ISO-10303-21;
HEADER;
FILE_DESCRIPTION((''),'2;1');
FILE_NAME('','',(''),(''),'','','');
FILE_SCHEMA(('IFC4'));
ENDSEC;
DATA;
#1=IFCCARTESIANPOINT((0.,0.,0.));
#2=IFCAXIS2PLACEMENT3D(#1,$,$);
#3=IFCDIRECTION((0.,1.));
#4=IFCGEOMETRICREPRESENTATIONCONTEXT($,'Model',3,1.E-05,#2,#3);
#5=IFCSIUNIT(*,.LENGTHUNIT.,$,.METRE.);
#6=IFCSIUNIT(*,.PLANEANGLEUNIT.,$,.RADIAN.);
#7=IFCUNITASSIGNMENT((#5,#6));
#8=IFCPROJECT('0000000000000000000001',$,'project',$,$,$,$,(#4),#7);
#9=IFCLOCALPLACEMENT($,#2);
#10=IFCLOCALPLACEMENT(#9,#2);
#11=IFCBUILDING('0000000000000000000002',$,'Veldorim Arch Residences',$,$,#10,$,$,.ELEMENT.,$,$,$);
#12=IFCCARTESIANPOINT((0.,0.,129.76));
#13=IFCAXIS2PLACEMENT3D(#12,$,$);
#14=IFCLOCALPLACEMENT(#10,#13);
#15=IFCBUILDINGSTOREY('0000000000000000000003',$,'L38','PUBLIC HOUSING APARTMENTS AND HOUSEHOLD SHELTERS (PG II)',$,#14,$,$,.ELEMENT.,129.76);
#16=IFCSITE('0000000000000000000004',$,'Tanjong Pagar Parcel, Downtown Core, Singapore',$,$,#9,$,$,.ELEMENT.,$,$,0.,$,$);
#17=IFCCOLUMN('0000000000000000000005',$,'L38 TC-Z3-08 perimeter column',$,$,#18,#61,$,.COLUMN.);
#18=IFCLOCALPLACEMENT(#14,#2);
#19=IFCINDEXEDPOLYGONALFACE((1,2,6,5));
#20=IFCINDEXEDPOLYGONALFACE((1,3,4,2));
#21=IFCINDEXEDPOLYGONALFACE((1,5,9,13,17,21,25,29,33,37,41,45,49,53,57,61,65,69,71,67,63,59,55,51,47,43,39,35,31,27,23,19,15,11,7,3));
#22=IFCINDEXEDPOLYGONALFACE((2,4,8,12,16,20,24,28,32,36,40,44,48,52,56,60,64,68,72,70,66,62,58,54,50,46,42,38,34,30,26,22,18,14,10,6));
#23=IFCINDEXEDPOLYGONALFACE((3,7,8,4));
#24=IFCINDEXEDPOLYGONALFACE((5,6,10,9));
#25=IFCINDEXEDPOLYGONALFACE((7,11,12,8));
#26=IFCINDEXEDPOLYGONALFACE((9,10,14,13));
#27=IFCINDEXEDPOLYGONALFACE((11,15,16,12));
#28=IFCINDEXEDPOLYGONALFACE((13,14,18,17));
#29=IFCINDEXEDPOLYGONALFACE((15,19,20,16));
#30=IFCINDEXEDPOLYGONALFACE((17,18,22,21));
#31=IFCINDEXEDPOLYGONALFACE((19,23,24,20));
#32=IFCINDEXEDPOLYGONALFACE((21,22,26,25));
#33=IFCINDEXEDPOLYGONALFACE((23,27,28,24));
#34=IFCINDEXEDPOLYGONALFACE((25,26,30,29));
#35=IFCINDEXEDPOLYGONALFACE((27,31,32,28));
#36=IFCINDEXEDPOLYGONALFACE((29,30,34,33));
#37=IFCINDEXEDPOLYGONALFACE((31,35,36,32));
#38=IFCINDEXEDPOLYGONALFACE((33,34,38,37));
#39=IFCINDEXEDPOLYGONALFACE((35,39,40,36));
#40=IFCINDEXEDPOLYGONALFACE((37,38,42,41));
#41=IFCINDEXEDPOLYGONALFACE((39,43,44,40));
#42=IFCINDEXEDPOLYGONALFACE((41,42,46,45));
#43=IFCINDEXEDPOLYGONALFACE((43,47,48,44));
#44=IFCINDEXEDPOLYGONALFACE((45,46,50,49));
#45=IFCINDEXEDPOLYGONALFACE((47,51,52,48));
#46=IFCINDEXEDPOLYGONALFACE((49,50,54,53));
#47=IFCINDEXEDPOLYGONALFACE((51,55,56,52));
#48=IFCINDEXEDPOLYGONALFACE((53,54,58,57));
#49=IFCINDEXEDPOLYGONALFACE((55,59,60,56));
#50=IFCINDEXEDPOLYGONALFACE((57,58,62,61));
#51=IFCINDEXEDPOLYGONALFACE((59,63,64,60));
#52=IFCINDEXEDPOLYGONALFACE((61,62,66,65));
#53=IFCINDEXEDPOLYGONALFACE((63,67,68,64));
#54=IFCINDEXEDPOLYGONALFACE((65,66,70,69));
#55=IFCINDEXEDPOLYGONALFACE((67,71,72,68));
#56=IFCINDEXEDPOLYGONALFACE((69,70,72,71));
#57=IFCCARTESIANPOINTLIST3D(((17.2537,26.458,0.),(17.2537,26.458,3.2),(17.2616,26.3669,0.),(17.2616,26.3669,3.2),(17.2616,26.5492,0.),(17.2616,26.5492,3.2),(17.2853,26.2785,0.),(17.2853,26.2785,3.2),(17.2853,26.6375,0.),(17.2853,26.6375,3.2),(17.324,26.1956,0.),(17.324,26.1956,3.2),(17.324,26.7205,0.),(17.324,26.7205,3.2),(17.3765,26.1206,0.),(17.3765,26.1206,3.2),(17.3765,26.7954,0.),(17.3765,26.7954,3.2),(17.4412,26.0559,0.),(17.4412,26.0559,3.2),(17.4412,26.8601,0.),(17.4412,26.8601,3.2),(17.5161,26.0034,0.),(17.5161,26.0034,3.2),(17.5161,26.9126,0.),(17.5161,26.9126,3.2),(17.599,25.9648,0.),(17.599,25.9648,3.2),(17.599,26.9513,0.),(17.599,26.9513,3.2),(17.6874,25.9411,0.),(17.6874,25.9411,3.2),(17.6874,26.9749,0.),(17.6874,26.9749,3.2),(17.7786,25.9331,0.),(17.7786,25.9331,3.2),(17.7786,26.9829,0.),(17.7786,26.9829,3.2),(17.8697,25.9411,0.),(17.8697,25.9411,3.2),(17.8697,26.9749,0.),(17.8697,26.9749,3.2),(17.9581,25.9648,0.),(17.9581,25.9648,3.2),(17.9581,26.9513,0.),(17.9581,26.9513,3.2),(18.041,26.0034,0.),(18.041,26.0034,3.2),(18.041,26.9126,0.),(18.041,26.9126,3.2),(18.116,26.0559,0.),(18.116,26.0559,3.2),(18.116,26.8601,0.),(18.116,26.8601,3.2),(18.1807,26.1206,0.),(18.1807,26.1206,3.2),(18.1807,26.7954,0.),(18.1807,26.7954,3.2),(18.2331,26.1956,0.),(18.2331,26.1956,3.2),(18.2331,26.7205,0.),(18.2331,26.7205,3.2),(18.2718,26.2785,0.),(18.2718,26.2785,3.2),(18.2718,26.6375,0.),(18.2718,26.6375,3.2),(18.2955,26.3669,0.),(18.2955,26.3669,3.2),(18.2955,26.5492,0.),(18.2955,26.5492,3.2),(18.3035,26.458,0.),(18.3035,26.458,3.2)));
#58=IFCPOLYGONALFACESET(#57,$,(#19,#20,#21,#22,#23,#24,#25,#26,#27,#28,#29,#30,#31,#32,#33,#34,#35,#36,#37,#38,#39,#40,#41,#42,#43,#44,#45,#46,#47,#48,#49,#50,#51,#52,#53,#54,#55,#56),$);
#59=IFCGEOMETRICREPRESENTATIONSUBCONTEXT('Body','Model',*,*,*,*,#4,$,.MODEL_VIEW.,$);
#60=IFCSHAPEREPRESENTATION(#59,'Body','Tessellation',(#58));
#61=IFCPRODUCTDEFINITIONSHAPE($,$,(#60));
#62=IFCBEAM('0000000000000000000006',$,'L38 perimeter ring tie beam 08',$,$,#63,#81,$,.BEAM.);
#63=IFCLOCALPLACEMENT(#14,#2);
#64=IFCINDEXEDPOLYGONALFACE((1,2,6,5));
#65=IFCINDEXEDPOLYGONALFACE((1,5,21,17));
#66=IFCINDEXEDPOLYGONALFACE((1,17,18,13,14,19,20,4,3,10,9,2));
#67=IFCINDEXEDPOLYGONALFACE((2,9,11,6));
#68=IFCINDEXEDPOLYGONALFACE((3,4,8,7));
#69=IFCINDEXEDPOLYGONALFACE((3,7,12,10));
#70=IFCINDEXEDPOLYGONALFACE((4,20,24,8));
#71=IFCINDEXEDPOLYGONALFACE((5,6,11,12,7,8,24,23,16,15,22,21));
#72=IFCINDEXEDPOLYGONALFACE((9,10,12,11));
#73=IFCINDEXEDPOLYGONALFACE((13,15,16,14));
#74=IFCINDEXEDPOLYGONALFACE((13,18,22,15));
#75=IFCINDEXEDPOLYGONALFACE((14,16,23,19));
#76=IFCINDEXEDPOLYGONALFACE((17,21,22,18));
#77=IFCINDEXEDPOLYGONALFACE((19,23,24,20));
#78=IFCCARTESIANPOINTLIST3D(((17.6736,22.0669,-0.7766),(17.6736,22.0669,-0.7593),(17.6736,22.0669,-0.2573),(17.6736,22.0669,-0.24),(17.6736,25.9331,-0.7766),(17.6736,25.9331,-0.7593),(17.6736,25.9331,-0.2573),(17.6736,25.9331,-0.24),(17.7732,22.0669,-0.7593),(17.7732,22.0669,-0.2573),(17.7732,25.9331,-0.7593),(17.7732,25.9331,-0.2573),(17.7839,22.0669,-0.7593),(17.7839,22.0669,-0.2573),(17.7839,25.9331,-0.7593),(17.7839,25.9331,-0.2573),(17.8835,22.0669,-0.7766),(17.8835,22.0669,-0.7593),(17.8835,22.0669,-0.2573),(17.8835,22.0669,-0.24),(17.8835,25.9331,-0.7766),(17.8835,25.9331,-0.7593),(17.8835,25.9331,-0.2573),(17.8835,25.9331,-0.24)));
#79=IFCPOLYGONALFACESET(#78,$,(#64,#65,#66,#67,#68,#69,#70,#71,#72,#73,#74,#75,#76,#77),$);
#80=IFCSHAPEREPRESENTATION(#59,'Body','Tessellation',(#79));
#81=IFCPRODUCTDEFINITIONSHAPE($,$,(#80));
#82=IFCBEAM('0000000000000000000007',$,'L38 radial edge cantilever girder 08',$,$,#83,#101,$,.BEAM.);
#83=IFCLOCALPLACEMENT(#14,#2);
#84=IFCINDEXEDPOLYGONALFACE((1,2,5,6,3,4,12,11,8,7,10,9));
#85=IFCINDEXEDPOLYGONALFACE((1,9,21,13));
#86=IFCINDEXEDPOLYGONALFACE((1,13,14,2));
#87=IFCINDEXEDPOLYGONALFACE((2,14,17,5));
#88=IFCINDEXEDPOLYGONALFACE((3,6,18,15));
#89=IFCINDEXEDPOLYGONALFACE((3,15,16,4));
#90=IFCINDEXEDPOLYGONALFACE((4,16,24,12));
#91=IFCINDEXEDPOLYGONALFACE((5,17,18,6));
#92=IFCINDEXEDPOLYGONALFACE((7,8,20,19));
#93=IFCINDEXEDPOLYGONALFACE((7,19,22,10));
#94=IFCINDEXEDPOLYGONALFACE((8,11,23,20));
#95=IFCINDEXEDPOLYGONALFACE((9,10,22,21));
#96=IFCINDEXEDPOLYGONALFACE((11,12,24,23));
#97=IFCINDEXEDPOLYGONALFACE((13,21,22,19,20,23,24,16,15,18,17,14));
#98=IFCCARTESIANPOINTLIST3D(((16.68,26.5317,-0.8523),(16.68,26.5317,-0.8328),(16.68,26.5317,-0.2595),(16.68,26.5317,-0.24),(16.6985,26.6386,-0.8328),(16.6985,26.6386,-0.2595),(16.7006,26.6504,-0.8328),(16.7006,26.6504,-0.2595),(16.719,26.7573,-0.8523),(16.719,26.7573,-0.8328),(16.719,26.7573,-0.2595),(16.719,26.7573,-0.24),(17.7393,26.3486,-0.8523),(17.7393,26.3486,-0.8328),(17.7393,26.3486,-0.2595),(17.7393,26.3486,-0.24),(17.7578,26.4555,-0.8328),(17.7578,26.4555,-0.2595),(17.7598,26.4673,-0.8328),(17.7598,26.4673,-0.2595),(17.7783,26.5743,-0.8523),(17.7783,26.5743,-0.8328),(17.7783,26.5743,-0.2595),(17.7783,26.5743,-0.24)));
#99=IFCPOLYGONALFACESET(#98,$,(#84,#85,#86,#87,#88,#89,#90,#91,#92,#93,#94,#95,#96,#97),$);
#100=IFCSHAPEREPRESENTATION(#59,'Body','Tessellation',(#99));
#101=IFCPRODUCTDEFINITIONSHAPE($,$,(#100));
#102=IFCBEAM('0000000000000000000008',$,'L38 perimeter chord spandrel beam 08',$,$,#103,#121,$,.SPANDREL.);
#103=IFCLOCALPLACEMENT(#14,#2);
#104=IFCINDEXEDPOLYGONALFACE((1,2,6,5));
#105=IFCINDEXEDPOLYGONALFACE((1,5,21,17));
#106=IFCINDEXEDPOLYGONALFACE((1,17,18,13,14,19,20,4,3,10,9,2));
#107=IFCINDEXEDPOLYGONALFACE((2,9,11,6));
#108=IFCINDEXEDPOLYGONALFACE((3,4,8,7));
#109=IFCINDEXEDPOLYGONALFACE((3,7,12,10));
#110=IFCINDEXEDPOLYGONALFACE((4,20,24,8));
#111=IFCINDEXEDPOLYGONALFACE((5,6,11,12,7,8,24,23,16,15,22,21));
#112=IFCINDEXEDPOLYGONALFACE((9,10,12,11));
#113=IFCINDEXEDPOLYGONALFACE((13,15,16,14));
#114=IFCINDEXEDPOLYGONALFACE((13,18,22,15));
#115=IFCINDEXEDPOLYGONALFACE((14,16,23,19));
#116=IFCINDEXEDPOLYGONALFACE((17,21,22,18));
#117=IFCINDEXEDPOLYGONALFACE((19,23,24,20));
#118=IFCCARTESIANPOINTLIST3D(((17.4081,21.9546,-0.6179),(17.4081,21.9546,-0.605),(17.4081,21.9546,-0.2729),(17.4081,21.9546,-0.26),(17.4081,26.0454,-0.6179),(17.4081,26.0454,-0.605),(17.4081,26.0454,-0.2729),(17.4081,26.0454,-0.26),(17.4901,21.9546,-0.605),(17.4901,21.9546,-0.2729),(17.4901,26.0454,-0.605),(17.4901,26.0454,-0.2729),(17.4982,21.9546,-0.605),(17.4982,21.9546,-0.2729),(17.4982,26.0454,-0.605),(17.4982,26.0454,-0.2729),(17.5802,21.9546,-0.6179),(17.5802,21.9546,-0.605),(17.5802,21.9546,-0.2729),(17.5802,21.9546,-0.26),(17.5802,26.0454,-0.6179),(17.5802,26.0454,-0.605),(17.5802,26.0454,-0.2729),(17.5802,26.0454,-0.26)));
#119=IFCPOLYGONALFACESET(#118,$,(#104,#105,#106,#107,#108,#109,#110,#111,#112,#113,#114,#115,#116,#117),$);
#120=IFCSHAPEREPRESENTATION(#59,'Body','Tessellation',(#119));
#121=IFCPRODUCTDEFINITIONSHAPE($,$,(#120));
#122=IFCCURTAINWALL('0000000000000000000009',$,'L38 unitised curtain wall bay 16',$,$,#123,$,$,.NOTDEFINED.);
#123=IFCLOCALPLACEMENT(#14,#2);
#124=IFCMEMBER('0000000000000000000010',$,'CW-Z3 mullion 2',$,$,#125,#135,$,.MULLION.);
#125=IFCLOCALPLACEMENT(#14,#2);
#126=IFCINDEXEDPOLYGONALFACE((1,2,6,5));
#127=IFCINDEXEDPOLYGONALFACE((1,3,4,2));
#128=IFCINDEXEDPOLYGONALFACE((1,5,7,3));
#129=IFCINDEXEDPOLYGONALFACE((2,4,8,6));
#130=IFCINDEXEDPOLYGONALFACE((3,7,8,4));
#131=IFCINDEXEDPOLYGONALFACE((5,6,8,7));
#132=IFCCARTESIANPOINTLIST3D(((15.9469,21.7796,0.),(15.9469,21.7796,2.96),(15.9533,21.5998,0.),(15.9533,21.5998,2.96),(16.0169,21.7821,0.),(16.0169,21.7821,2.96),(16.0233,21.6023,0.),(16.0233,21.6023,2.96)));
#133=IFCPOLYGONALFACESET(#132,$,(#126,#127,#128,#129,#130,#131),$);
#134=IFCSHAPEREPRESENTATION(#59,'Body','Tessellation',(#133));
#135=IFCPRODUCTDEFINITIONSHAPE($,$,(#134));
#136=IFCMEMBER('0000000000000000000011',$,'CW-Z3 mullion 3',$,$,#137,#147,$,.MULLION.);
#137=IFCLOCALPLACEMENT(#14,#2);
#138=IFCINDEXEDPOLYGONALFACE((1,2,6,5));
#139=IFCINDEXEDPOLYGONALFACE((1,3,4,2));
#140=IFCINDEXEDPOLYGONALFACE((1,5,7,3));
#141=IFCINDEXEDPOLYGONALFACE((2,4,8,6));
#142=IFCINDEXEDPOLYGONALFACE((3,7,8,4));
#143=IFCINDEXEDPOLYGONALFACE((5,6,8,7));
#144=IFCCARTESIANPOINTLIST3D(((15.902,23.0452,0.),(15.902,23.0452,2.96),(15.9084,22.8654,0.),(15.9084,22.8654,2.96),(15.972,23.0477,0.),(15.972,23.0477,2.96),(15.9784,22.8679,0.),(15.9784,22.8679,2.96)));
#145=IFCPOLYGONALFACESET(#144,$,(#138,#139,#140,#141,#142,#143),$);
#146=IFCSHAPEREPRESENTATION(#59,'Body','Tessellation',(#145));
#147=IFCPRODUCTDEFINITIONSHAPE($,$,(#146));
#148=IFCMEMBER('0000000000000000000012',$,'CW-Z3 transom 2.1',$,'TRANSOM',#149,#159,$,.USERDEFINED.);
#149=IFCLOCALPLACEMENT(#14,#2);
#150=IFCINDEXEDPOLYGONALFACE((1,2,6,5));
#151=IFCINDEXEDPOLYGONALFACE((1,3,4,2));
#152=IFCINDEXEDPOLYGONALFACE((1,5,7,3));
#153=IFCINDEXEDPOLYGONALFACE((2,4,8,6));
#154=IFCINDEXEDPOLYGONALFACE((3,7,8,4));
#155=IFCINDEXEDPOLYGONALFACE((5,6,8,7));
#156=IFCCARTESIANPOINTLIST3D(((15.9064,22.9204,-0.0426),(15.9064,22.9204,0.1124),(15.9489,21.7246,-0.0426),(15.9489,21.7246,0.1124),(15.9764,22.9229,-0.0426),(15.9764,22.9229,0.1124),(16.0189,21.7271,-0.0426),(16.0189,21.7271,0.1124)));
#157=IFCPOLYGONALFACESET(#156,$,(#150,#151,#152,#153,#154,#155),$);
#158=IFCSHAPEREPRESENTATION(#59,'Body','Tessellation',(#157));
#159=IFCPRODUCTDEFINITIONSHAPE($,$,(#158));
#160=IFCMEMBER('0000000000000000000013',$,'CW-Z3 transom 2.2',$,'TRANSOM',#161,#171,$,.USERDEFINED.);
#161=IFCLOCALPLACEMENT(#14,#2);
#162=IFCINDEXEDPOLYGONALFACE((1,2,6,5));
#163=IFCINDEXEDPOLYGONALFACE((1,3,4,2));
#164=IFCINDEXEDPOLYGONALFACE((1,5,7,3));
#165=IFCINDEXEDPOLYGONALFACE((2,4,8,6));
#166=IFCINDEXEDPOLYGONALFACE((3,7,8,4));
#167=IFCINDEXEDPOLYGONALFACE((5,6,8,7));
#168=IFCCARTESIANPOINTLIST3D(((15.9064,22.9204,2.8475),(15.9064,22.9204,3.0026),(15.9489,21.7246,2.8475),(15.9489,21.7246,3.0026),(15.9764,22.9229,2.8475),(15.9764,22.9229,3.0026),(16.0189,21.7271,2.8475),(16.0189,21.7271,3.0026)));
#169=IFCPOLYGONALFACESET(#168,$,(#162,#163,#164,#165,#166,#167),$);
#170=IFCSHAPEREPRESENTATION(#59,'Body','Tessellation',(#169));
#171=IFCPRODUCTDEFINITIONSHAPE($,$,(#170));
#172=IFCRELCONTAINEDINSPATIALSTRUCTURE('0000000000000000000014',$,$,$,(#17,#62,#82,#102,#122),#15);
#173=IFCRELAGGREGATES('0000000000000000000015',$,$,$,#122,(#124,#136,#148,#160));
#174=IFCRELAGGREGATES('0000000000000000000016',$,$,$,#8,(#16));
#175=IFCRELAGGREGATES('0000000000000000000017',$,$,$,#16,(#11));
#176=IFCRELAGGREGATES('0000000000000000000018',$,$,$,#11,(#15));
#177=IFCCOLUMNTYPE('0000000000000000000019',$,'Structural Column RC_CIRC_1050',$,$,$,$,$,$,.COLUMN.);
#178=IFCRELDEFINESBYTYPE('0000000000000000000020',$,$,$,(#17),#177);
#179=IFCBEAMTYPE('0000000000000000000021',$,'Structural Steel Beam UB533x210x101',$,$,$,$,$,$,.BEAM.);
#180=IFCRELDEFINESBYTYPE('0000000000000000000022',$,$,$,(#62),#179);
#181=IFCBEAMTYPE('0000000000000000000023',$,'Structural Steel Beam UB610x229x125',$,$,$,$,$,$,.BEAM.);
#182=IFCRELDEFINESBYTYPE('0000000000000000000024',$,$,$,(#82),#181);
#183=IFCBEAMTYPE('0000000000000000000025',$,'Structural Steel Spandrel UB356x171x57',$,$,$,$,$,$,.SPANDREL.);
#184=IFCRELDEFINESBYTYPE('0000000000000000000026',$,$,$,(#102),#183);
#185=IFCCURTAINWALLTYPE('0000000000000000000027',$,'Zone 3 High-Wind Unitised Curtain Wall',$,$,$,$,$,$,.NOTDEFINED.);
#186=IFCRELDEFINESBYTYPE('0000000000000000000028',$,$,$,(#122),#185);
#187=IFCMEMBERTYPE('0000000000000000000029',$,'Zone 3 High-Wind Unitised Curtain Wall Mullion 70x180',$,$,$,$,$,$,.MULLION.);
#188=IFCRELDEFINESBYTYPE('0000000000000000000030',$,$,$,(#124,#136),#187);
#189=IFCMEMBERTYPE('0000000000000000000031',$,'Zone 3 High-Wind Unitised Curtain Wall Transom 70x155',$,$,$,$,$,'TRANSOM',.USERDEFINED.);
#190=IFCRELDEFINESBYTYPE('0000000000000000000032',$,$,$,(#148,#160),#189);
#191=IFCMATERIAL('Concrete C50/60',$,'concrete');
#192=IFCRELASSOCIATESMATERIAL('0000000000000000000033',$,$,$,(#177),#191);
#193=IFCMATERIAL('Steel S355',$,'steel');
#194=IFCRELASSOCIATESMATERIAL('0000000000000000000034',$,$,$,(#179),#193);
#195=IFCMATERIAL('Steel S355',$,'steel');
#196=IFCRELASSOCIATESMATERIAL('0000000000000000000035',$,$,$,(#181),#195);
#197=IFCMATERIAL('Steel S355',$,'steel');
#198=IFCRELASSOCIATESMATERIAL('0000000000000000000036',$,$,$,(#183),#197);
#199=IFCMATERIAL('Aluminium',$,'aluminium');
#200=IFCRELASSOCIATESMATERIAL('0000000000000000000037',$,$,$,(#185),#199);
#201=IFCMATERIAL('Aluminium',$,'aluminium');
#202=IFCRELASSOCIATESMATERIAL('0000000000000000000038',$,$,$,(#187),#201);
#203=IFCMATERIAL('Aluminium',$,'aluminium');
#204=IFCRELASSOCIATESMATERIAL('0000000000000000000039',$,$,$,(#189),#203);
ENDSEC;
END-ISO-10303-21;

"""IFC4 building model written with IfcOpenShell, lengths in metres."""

from ifc_helpers import new_model, si_unit, direction, frame, origin, origin_2d, place, context, subcontext, project, spatial, rectangle, circle, i_section, extrude, material, material_profile, profile_set, type_object, element, aggregate, save


model = new_model("IFC4")

# Units and contexts
model_context = context("Model", 3, precision=1e-05, world=origin(), true_north=direction((0.0, 1.0)))
body_context = subcontext(model_context, "Body", "Model", "MODEL_VIEW")
ifc_project = project(units=[si_unit("LENGTHUNIT", "METRE"), si_unit("PLANEANGLEUNIT", "RADIAN")], contexts=[model_context])

# Site, building, storey
site_placement = place(None, origin())
site = spatial("IfcSite", under=ifc_project, at=site_placement, Name="Tanjong Pagar Parcel, Downtown Core, Singapore", CompositionType="ELEMENT", RefElevation=0.0)
building_placement = place(site_placement, origin())
building = spatial("IfcBuilding", under=site, at=building_placement, Name="Veldorim Arch Residences", CompositionType="ELEMENT")
storey_placement = place(building_placement, frame((0.0, 0.0, 129.76)))
storey = spatial("IfcBuildingStorey", under=building, at=storey_placement, Name="L38", Description="PUBLIC HOUSING APARTMENTS AND HOUSEHOLD SHELTERS (PG II)", CompositionType="ELEMENT", Elevation=129.76)

# Column
ifc_material_1 = material(Name="Concrete C50/60", Category="concrete")
ifc_material_profile_1 = material_profile(ifc_material_1, circle(Radius=0.5249, at=origin_2d()), Name="RC_CIRC_1050")
ifc_profile_set_1 = profile_set([ifc_material_profile_1], Name="Concrete C50/60")
column_type = type_object("IfcColumnType", Name="Structural Column RC_CIRC_1050", PredefinedType="COLUMN", material=ifc_profile_set_1)
column_placement = place(storey_placement, frame((17.7786, 26.458, 0.0), z_axis=(0.0, 0.0, 1.0), x_axis=(1.0, 0.0, 0.0)))
element("IfcColumn", 1, at=column_placement, inside=storey, type_object=column_type, Name="L38 TC-Z3-08 perimeter column", PredefinedType="COLUMN", context=body_context, shape_type="SweptSolid", body=[
    extrude(circle(Radius=0.5249, at=origin_2d()), origin(), (0.0, 0.0, 1.0), 3.2),
])

# Beams
ifc_material_2 = material(Name="Steel S355", Category="steel")
ifc_material_profile_2 = material_profile(ifc_material_2, i_section(OverallWidth=0.21, OverallDepth=0.5366, WebThickness=0.0107, FlangeThickness=0.0173, at=origin_2d()), Name="UB533x210x101")
ifc_profile_set_2 = profile_set([ifc_material_profile_2], Name="Steel S355")
beam_type_1 = type_object("IfcBeamType", Name="Structural Steel Beam UB533x210x101", PredefinedType="BEAM", material=ifc_profile_set_2)
beam_1_placement = place(storey_placement, frame((17.7786, 25.9331, -0.5083), z_axis=(0.0, -1.0, 0.0), x_axis=(1.0, 0.0, 0.0)))
element("IfcBeam", 2, at=beam_1_placement, inside=storey, type_object=beam_type_1, Name="L38 perimeter ring tie beam 08", PredefinedType="BEAM", context=body_context, shape_type="SweptSolid", body=[
    extrude(i_section(OverallWidth=0.21, OverallDepth=0.5366, WebThickness=0.0107, FlangeThickness=0.0173, at=origin_2d()), origin(), (0.0, 0.0, 1.0), 3.8662),
])
ifc_material_3 = material(Name="Steel S355", Category="steel")
ifc_material_profile_3 = material_profile(ifc_material_3, i_section(OverallWidth=0.229, OverallDepth=0.6123, WebThickness=0.012, FlangeThickness=0.0195, at=origin_2d()), Name="UB610x229x125")
ifc_profile_set_3 = profile_set([ifc_material_profile_3], Name="Steel S355")
beam_type_2 = type_object("IfcBeamType", Name="Structural Steel Beam UB610x229x125", PredefinedType="BEAM", material=ifc_profile_set_3)
beam_2_placement = place(storey_placement, frame((17.7588, 26.4614, -0.5461), z_axis=(-0.985388, 0.170325, 0.0), x_axis=(-0.170325, -0.985388, 0.0)))
element("IfcBeam", 3, at=beam_2_placement, inside=storey, type_object=beam_type_2, Name="L38 radial edge cantilever girder 08", PredefinedType="BEAM", context=body_context, shape_type="SweptSolid", body=[
    extrude(i_section(OverallWidth=0.229, OverallDepth=0.6123, WebThickness=0.012, FlangeThickness=0.0195, at=origin_2d()), origin(), (0.0, 0.0, 1.0), 1.075),
])
ifc_material_4 = material(Name="Steel S355", Category="steel")
ifc_material_profile_4 = material_profile(ifc_material_4, i_section(OverallWidth=0.1721, OverallDepth=0.3579, WebThickness=0.0081, FlangeThickness=0.0129, at=origin_2d()), Name="UB356x171x57")
ifc_profile_set_4 = profile_set([ifc_material_profile_4], Name="Steel S355")
beam_type_3 = type_object("IfcBeamType", Name="Structural Steel Spandrel UB356x171x57", PredefinedType="SPANDREL", material=ifc_profile_set_4)
beam_3_placement = place(storey_placement, frame((17.4941, 26.0454, -0.439), z_axis=(0.0, -1.0, 0.0), x_axis=(1.0, 0.0, 0.0)))
element("IfcBeam", 4, at=beam_3_placement, inside=storey, type_object=beam_type_3, Name="L38 perimeter chord spandrel beam 08", PredefinedType="SPANDREL", context=body_context, shape_type="SweptSolid", body=[
    extrude(i_section(OverallWidth=0.1721, OverallDepth=0.3579, WebThickness=0.0081, FlangeThickness=0.0129, at=origin_2d()), origin(), (0.0, 0.0, 1.0), 4.0908),
])

# Curtain wall, members
ifc_material_5 = material(Name="Aluminium", Category="aluminium")
curtain_wall_type = type_object("IfcCurtainWallType", Name="Zone 3 High-Wind Unitised Curtain Wall", PredefinedType="NOTDEFINED", material=ifc_material_5)
curtain_wall_placement = place(storey_placement, origin())
curtain_wall = element("IfcCurtainWall", 5, at=curtain_wall_placement, inside=storey, type_object=curtain_wall_type, Name="L38 unitised curtain wall bay 16", PredefinedType="NOTDEFINED")
ifc_material_6 = material(Name="Aluminium", Category="aluminium")
ifc_material_profile_5 = material_profile(ifc_material_6, rectangle(XDim=0.0701, YDim=0.1799, at=origin_2d()), Name="ALU_MUL_70x180")
ifc_profile_set_5 = profile_set([ifc_material_profile_5], Name="Aluminium")
member_type_1 = type_object("IfcMemberType", Name="Zone 3 High-Wind Unitised Curtain Wall Mullion 70x180", PredefinedType="MULLION", material=ifc_profile_set_5)
member_1_placement = place(storey_placement, frame((15.9851, 21.6909, 0.0), z_axis=(0.0, 0.0, 1.0), x_axis=(-0.99937, -0.035498, 0.0)))
member_1 = element("IfcMember", 6, at=member_1_placement, type_object=member_type_1, Name="CW-Z3 mullion 2", PredefinedType="MULLION", context=body_context, shape_type="SweptSolid", body=[
    extrude(rectangle(XDim=0.0701, YDim=0.1799, at=origin_2d()), origin(), (0.0, 0.0, 1.0), 2.96),
])
member_2_placement = place(storey_placement, frame((15.9402, 22.9565, 0.0), z_axis=(0.0, 0.0, 1.0), x_axis=(-0.99937, -0.035498, 0.0)))
member_2 = element("IfcMember", 7, at=member_2_placement, type_object=member_type_1, Name="CW-Z3 mullion 3", PredefinedType="MULLION", context=body_context, shape_type="SweptSolid", body=[
    extrude(rectangle(XDim=0.0701, YDim=0.1799, at=origin_2d()), origin(), (0.0, 0.0, 1.0), 2.96),
])
ifc_material_7 = material(Name="Aluminium", Category="aluminium")
ifc_material_profile_6 = material_profile(ifc_material_7, rectangle(XDim=0.0701, YDim=0.155, at=origin_2d()), Name="ALU_TRN_70x155")
ifc_profile_set_6 = profile_set([ifc_material_profile_6], Name="Aluminium")
member_type_2 = type_object("IfcMemberType", Name="Zone 3 High-Wind Unitised Curtain Wall Transom 70x155", ElementType="TRANSOM", PredefinedType="USERDEFINED", material=ifc_profile_set_6)
member_3_placement = place(storey_placement, frame((15.9839, 21.7258, 0.0349), z_axis=(-0.035502, 0.99937, 0.0), x_axis=(-0.99937, -0.035502, 0.0)))
member_3 = element("IfcMember", 8, at=member_3_placement, type_object=member_type_2, Name="CW-Z3 transom 2.1", ObjectType="TRANSOM", PredefinedType="USERDEFINED", context=body_context, shape_type="SweptSolid", body=[
    extrude(rectangle(XDim=0.0701, YDim=0.155, at=origin_2d()), origin(), (0.0, 0.0, 1.0), 1.1965),
])
member_4_placement = place(storey_placement, frame((15.9839, 21.7258, 2.925), z_axis=(-0.035502, 0.99937, 0.0), x_axis=(-0.99937, -0.035502, 0.0)))
member_4 = element("IfcMember", 9, at=member_4_placement, type_object=member_type_2, Name="CW-Z3 transom 2.2", ObjectType="TRANSOM", PredefinedType="USERDEFINED", context=body_context, shape_type="SweptSolid", body=[
    extrude(rectangle(XDim=0.0701, YDim=0.155, at=origin_2d()), origin(), (0.0, 0.0, 1.0), 1.1965),
])
aggregate(curtain_wall, [member_1, member_2, member_3, member_4])

save(model, "model.ifc")
